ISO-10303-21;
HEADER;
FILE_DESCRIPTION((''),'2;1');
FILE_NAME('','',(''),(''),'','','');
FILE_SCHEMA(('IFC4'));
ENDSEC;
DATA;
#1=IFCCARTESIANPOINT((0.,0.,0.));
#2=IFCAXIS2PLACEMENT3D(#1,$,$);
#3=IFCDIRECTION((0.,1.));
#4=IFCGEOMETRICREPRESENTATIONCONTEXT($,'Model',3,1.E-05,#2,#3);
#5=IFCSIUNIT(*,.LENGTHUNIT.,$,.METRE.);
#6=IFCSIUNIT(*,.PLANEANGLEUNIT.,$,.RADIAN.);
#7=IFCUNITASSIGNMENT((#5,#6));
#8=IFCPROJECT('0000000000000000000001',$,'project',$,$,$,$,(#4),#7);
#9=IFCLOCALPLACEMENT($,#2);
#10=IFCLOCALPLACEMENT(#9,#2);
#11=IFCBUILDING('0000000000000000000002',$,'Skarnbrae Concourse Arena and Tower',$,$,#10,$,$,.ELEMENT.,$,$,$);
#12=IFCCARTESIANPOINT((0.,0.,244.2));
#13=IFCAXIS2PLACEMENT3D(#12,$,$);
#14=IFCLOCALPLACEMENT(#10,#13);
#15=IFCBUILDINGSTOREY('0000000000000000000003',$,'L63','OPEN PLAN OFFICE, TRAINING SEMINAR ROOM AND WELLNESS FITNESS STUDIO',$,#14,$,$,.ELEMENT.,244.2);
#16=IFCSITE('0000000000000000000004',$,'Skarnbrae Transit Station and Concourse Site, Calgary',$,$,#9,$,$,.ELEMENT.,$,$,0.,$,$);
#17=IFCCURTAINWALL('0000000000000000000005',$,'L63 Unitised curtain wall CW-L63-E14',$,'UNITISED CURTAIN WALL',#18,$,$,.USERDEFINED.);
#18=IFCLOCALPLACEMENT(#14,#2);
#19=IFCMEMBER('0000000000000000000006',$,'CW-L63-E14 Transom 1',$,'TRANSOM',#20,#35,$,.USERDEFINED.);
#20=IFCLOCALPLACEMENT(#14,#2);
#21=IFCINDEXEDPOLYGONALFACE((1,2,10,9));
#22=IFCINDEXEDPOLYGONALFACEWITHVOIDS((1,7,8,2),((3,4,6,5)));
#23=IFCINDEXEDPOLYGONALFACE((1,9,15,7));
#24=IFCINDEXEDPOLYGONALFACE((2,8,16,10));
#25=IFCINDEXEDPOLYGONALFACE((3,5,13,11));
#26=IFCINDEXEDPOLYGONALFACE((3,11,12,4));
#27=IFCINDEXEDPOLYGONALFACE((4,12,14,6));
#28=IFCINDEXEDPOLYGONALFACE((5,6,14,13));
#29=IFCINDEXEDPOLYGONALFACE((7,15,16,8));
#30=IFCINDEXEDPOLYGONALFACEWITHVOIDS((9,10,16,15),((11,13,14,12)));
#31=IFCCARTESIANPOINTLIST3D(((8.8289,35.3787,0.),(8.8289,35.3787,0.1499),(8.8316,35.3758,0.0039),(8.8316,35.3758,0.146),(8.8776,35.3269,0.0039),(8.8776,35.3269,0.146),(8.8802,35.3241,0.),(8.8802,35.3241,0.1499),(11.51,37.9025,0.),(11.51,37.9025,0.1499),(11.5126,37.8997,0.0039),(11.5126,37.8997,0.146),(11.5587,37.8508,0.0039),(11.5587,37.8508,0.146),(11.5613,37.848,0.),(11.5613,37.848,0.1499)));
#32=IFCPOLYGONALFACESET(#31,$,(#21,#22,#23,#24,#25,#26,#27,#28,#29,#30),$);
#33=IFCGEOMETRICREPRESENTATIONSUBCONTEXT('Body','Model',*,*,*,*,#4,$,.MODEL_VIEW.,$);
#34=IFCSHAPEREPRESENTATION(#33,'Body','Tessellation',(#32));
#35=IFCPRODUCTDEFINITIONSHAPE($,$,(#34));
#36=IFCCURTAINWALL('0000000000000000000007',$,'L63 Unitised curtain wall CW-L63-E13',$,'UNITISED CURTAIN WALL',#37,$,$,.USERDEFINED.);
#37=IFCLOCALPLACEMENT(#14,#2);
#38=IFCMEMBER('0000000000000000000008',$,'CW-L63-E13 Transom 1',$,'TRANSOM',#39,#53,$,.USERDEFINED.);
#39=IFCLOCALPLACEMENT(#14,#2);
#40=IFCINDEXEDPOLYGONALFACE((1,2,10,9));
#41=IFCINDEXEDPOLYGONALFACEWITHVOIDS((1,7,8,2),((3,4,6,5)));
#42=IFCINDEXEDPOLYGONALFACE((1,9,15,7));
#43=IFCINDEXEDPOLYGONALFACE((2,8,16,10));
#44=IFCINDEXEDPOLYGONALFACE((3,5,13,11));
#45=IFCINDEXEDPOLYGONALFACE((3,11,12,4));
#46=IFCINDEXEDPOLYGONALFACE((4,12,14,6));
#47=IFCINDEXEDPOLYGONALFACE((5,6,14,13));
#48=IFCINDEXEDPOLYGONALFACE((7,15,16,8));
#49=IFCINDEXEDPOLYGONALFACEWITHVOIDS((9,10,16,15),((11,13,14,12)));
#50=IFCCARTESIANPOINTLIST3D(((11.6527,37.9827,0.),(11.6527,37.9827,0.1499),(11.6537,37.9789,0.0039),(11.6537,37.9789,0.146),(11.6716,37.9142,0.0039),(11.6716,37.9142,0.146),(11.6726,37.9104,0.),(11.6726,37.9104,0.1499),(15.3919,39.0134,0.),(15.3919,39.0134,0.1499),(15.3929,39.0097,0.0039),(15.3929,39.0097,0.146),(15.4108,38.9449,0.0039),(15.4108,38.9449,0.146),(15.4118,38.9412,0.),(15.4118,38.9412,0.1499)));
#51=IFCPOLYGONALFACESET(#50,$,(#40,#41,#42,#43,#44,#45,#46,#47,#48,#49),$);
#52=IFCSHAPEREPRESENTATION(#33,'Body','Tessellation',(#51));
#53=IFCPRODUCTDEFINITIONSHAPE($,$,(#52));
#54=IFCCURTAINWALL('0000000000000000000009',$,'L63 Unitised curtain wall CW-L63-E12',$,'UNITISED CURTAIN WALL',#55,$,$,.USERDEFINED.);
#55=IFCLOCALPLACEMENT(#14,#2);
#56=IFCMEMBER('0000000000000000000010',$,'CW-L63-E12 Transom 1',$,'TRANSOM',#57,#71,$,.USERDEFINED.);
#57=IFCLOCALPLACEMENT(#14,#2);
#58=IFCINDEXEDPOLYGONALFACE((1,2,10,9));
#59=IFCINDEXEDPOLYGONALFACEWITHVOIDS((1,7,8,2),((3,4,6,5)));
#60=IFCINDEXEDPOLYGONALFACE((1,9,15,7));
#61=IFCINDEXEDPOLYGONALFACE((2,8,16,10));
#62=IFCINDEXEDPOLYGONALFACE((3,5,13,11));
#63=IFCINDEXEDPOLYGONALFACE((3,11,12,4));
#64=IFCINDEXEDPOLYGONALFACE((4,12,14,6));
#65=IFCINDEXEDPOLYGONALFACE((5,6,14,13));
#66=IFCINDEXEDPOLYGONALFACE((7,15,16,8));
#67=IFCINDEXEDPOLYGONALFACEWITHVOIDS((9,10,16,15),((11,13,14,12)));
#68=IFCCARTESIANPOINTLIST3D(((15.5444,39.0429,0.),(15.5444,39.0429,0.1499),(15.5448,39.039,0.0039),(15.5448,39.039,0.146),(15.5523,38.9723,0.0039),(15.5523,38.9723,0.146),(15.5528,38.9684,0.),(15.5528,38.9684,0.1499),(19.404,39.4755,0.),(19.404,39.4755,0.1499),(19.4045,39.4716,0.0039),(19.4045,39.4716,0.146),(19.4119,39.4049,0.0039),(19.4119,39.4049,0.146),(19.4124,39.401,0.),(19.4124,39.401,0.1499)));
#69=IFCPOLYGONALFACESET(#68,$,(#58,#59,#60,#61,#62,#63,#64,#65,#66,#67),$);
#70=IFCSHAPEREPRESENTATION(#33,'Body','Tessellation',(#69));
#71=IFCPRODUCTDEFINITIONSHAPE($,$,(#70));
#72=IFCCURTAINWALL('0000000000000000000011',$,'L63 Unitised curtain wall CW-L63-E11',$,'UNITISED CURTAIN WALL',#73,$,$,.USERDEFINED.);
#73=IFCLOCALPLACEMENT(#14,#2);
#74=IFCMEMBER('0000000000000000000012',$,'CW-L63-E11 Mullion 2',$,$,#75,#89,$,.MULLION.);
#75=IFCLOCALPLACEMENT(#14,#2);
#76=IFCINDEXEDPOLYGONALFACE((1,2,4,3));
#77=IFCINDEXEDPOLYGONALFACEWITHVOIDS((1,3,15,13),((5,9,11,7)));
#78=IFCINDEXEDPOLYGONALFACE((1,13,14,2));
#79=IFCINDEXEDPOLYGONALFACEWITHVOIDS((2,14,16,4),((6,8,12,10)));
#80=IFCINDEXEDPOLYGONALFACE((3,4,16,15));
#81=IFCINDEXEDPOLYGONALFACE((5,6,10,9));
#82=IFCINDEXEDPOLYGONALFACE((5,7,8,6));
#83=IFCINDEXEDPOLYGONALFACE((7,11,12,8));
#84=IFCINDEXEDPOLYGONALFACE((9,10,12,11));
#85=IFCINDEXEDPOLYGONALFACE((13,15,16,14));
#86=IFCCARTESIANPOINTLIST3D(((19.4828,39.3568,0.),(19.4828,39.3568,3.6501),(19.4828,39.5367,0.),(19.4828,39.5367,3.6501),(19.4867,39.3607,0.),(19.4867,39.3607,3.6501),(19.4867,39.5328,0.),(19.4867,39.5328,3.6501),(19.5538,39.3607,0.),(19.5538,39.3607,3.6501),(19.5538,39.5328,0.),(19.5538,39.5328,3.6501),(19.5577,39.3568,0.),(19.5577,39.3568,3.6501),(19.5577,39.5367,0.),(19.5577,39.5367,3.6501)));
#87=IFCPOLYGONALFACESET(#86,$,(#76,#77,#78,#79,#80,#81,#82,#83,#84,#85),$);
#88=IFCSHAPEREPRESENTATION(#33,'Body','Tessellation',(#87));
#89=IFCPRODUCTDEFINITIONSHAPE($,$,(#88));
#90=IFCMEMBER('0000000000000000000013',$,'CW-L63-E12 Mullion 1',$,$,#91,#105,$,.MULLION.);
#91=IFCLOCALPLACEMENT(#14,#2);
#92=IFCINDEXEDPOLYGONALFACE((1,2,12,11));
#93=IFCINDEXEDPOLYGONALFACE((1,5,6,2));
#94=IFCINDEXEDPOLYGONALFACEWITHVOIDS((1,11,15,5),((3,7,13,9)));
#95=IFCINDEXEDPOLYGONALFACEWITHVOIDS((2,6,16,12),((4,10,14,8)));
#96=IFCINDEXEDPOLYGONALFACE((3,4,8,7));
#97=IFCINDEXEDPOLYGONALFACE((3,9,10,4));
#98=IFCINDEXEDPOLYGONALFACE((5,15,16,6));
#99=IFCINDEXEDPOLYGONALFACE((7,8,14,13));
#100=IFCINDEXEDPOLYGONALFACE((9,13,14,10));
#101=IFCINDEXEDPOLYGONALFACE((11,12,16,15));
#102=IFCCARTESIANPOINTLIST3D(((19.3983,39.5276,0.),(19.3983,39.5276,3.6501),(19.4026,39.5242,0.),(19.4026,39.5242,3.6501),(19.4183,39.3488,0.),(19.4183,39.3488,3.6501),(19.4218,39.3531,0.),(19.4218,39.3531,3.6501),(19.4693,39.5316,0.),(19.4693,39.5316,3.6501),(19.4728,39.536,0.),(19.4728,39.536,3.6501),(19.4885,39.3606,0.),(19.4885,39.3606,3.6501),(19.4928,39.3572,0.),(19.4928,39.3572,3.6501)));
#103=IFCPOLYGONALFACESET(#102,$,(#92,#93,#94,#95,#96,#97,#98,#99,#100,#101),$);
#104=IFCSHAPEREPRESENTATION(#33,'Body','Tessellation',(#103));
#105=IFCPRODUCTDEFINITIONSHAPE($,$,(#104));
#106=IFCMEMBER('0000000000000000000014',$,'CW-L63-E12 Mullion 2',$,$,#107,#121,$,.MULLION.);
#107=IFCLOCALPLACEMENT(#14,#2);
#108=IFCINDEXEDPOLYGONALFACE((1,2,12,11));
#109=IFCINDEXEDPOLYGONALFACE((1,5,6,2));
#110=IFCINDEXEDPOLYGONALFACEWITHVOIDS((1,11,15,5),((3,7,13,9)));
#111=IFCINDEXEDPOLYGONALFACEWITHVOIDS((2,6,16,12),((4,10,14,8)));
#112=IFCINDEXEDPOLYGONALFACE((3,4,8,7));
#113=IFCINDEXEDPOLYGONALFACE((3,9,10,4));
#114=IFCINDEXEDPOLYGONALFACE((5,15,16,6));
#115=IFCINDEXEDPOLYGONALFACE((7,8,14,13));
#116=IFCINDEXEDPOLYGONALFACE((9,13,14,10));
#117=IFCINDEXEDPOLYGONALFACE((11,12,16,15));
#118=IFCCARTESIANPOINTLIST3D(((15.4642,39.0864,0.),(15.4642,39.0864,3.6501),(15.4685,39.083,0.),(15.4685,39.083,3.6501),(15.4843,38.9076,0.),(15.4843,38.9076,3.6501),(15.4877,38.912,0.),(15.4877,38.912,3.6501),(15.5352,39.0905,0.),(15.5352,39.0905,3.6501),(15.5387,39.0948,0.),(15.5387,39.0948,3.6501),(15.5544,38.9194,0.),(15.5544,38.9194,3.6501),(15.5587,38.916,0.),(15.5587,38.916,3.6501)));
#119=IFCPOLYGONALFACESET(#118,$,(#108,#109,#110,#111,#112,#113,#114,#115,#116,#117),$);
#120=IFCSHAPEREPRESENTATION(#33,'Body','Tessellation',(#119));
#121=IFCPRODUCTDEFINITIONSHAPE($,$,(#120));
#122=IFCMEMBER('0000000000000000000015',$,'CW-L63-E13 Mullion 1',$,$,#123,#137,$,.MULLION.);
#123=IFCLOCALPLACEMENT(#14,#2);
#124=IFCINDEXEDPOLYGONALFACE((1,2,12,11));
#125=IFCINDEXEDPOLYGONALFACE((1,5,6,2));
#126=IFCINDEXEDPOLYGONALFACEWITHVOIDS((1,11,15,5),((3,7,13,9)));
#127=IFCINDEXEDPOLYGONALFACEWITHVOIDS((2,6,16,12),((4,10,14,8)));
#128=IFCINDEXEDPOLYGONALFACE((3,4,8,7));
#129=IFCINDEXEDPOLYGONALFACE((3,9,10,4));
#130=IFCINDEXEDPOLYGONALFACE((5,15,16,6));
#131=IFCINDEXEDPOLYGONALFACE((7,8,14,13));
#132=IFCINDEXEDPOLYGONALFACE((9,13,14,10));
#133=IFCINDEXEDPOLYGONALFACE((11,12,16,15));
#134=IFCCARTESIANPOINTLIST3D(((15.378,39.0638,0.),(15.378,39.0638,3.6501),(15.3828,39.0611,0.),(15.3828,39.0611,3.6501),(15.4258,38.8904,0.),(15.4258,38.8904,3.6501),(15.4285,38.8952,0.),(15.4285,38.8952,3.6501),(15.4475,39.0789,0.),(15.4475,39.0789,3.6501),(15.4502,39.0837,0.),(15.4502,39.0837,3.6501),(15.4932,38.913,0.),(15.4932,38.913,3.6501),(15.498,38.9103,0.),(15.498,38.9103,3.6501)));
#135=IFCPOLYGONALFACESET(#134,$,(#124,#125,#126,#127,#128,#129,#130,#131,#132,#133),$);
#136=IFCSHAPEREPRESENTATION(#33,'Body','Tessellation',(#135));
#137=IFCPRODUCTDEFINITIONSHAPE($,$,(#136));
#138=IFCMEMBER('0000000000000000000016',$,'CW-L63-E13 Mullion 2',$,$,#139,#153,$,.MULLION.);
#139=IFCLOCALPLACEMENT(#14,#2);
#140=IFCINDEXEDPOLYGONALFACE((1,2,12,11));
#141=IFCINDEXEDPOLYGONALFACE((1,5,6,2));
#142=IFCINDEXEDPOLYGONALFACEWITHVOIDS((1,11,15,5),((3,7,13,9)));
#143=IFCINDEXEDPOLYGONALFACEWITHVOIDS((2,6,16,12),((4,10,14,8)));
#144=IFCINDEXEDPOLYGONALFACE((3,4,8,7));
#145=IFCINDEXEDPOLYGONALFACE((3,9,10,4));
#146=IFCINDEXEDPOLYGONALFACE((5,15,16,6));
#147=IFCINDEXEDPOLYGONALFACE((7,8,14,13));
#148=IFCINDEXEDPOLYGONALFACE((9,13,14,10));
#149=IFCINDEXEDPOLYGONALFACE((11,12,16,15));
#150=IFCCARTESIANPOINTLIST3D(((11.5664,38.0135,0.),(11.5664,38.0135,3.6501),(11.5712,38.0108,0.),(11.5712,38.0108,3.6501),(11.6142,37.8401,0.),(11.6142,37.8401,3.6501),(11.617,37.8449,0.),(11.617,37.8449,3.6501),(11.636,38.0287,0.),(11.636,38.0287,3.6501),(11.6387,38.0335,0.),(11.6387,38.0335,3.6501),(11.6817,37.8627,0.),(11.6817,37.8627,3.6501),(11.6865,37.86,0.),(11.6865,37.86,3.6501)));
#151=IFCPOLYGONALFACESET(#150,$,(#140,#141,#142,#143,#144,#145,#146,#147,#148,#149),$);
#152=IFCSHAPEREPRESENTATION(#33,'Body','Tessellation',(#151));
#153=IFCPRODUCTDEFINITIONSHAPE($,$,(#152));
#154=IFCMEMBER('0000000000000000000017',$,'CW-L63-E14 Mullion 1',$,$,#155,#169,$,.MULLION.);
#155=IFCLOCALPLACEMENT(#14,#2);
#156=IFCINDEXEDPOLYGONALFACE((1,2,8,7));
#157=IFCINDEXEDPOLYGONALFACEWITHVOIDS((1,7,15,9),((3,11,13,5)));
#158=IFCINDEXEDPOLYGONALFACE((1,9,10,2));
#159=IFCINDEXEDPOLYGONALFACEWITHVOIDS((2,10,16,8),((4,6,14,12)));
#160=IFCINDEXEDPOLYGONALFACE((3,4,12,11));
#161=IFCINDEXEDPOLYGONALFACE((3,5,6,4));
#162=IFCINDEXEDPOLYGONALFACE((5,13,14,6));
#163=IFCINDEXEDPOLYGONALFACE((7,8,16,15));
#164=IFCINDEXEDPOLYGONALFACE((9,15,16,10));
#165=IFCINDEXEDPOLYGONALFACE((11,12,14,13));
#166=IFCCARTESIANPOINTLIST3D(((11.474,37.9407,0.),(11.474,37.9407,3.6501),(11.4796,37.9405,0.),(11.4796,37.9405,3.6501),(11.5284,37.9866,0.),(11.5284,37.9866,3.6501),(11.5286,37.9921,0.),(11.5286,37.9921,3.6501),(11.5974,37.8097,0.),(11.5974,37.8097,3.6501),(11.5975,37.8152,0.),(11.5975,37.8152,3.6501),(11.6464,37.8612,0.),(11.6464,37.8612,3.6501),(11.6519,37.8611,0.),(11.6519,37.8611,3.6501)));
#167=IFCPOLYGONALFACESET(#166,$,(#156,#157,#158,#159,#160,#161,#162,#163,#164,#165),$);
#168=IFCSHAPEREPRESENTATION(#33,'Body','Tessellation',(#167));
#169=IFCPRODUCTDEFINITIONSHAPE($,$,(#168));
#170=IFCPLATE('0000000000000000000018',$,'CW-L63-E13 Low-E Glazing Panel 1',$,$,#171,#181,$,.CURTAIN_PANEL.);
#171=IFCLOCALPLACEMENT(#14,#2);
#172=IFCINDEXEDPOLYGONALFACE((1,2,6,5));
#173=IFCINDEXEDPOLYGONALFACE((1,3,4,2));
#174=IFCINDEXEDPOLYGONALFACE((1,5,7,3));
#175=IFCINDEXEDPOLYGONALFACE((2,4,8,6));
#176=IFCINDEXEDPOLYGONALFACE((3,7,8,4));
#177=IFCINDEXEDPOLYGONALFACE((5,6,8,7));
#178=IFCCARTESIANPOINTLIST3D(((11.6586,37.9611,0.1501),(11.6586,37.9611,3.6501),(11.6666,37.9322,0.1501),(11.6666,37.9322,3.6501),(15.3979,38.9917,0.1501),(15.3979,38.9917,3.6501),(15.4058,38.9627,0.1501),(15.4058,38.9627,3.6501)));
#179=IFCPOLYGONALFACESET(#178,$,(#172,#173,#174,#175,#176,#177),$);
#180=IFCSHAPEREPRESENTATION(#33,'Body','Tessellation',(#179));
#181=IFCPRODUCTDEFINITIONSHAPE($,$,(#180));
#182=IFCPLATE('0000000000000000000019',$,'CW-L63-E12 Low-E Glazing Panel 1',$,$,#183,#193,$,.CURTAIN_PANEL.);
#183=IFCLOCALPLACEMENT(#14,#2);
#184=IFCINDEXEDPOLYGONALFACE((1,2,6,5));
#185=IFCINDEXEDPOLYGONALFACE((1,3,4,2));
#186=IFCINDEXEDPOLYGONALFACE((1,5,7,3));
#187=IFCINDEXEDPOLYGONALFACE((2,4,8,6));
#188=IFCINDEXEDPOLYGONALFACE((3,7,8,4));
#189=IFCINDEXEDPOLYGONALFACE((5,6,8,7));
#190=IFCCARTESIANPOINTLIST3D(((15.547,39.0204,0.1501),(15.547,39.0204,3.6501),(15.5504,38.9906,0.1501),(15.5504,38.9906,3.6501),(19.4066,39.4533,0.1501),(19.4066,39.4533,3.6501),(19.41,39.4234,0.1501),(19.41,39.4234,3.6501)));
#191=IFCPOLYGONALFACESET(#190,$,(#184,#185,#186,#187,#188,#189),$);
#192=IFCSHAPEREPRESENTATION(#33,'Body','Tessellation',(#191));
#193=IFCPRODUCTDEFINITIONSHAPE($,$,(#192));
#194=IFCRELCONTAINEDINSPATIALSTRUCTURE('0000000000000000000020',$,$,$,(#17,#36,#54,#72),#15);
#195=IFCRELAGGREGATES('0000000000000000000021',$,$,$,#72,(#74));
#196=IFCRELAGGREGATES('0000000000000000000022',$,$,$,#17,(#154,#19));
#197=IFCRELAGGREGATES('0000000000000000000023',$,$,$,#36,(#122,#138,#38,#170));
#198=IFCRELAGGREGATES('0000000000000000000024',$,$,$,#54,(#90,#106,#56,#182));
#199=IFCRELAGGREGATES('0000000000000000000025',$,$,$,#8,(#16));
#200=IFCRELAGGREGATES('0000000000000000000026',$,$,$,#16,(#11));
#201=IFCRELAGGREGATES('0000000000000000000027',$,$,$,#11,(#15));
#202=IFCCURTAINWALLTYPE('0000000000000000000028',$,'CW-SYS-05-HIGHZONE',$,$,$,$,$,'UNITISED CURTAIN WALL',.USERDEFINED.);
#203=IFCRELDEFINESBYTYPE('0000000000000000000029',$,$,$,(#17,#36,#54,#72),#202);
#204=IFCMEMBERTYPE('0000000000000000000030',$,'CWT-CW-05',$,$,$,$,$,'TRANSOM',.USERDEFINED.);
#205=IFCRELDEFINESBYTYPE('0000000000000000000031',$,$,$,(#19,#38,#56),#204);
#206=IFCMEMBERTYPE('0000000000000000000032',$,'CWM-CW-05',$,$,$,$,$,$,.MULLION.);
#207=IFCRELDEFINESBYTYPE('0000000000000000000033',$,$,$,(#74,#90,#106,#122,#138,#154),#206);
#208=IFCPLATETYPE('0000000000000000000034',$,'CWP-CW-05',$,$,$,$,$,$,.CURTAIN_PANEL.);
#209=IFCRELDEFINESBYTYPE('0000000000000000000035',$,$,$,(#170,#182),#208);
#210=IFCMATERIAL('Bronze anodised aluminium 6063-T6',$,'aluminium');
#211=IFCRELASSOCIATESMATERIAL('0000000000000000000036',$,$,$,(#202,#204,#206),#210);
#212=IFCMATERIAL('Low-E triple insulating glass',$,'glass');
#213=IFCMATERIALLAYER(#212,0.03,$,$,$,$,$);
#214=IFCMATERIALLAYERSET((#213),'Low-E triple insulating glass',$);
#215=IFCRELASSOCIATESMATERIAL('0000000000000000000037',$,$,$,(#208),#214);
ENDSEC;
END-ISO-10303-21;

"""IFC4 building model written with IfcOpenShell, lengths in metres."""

from ifc_helpers import new_model, si_unit, direction, frame, origin, origin_2d, place, context, subcontext, project, spatial, rectangle, hollow_rectangle, extrude, source, transform, mapped, material, layer, layer_set, material_profile, profile_set, type_object, element, aggregate, save


model = new_model("IFC4")

# Units and contexts
model_context = context("Model", 3, precision=1e-05, world=origin(), true_north=direction((0.0, 1.0)))
body_context = subcontext(model_context, "Body", "Model", "MODEL_VIEW")
ifc_project = project(units=[si_unit("LENGTHUNIT", "METRE"), si_unit("PLANEANGLEUNIT", "RADIAN")], contexts=[model_context])

# Site, building, storey
site_placement = place(None, origin())
site = spatial("IfcSite", under=ifc_project, at=site_placement, Name="Skarnbrae Transit Station and Concourse Site, Calgary", CompositionType="ELEMENT", RefElevation=0.0)
building_placement = place(site_placement, origin())
building = spatial("IfcBuilding", under=site, at=building_placement, Name="Skarnbrae Concourse Arena and Tower", CompositionType="ELEMENT")
storey_placement = place(building_placement, frame((0.0, 0.0, 244.2)))
storey = spatial("IfcBuildingStorey", under=building, at=storey_placement, Name="L63", Description="OPEN PLAN OFFICE, TRAINING SEMINAR ROOM AND WELLNESS FITNESS STUDIO", CompositionType="ELEMENT", Elevation=244.2)

# Curtain walls, members
ifc_material_1 = material(Name="Bronze anodised aluminium 6063-T6", Category="aluminium")
curtain_wall_type = type_object("IfcCurtainWallType", Name="CW-SYS-05-HIGHZONE", ElementType="UNITISED CURTAIN WALL", PredefinedType="USERDEFINED", material=ifc_material_1)
curtain_wall_1_placement = place(storey_placement, origin())
curtain_wall_1 = element("IfcCurtainWall", 1, at=curtain_wall_1_placement, inside=storey, type_object=curtain_wall_type, Name="L63 Unitised curtain wall CW-L63-E14", ObjectType="UNITISED CURTAIN WALL", PredefinedType="USERDEFINED")
ifc_material_profile_1 = material_profile(ifc_material_1, hollow_rectangle(XDim=0.075, YDim=0.1499, WallThickness=0.0039, at=origin_2d()), Name="ALU-TRAN-75X150")
ifc_profile_set_1 = profile_set([ifc_material_profile_1], Name="Bronze anodised aluminium 6063-T6")
member_type_1 = type_object("IfcMemberType", Name="CWT-CW-05", ElementType="TRANSOM", PredefinedType="USERDEFINED", material=ifc_profile_set_1)
shared_shape_1 = source(origin(), body_context, "Body", "SweptSolid", [
    extrude(hollow_rectangle(XDim=0.075, YDim=0.1499, WallThickness=0.0039, at=origin_2d()), origin(), (0.0, 0.0, 1.0), 3.6821),
])
member_1_placement = place(storey_placement, frame((11.5356, 37.8752, 0.075), z_axis=(-0.728134, -0.685435, 0.0), x_axis=(0.685435, -0.728134, 0.0)))
member_1 = element("IfcMember", 2, at=member_1_placement, type_object=member_type_1, Name="CW-L63-E14 Transom 1", ObjectType="TRANSOM", PredefinedType="USERDEFINED", context=body_context, shape_type="MappedRepresentation", body=[
    mapped(shared_shape_1, transform((0.0, 0.0, 0.0))),
])
curtain_wall_2_placement = place(storey_placement, origin())
curtain_wall_2 = element("IfcCurtainWall", 3, at=curtain_wall_2_placement, inside=storey, type_object=curtain_wall_type, Name="L63 Unitised curtain wall CW-L63-E13", ObjectType="UNITISED CURTAIN WALL", PredefinedType="USERDEFINED")
shared_shape_2 = source(origin(), body_context, "Body", "SweptSolid", [
    extrude(hollow_rectangle(XDim=0.075, YDim=0.1499, WallThickness=0.0039, at=origin_2d()), origin(), (0.0, 0.0, 1.0), 3.8787),
])
member_2_placement = place(storey_placement, frame((15.4019, 38.9773, 0.075), z_axis=(-0.964043, -0.265747, 0.0), x_axis=(0.265747, -0.964043, 0.0)))
member_2 = element("IfcMember", 4, at=member_2_placement, type_object=member_type_1, Name="CW-L63-E13 Transom 1", ObjectType="TRANSOM", PredefinedType="USERDEFINED", context=body_context, shape_type="MappedRepresentation", body=[
    mapped(shared_shape_2, transform((0.0, 0.0, 0.0))),
])
curtain_wall_3_placement = place(storey_placement, origin())
curtain_wall_3 = element("IfcCurtainWall", 5, at=curtain_wall_3_placement, inside=storey, type_object=curtain_wall_type, Name="L63 Unitised curtain wall CW-L63-E12", ObjectType="UNITISED CURTAIN WALL", PredefinedType="USERDEFINED")
shared_shape_3 = source(origin(), body_context, "Body", "SweptSolid", [
    extrude(hollow_rectangle(XDim=0.075, YDim=0.1499, WallThickness=0.0039, at=origin_2d()), origin(), (0.0, 0.0, 1.0), 3.8838),
])
member_3_placement = place(storey_placement, frame((19.4082, 39.4382, 0.075), z_axis=(-0.993777, -0.11139, 0.0), x_axis=(0.11139, -0.993777, 0.0)))
member_3 = element("IfcMember", 6, at=member_3_placement, type_object=member_type_1, Name="CW-L63-E12 Transom 1", ObjectType="TRANSOM", PredefinedType="USERDEFINED", context=body_context, shape_type="MappedRepresentation", body=[
    mapped(shared_shape_3, transform((0.0, 0.0, 0.0))),
])
curtain_wall_4_placement = place(storey_placement, origin())
curtain_wall_4 = element("IfcCurtainWall", 7, at=curtain_wall_4_placement, inside=storey, type_object=curtain_wall_type, Name="L63 Unitised curtain wall CW-L63-E11", ObjectType="UNITISED CURTAIN WALL", PredefinedType="USERDEFINED")
ifc_material_profile_2 = material_profile(ifc_material_1, hollow_rectangle(XDim=0.075, YDim=0.1799, WallThickness=0.0039, at=origin_2d()), Name="ALU-MULL-75X180")
ifc_profile_set_2 = profile_set([ifc_material_profile_2], Name="Bronze anodised aluminium 6063-T6")
member_type_2 = type_object("IfcMemberType", Name="CWM-CW-05", PredefinedType="MULLION", material=ifc_profile_set_2)
shared_shape_4 = source(origin(), body_context, "Body", "SweptSolid", [
    extrude(hollow_rectangle(XDim=0.075, YDim=0.1799, WallThickness=0.0039, at=origin_2d()), origin(), (0.0, 0.0, 1.0), 3.6501),
])
member_4_placement = place(storey_placement, frame((19.5203, 39.4468, 0.0), z_axis=(0.0, 0.0, 1.0), x_axis=(-1.0, 0.0, 0.0)))
member_4 = element("IfcMember", 8, at=member_4_placement, type_object=member_type_2, Name="CW-L63-E11 Mullion 2", PredefinedType="MULLION", context=body_context, shape_type="MappedRepresentation", body=[
    mapped(shared_shape_4, transform((0.0, 0.0, 0.0))),
])
aggregate(curtain_wall_4, [member_4])

# Members
member_5_placement = place(storey_placement, frame((19.4456, 39.4424, 0.0), z_axis=(0.0, 0.0, 1.0), x_axis=(-0.993769, -0.11146, 0.0)))
member_5 = element("IfcMember", 9, at=member_5_placement, type_object=member_type_2, Name="CW-L63-E12 Mullion 1", PredefinedType="MULLION", context=body_context, shape_type="MappedRepresentation", body=[
    mapped(shared_shape_4, transform((0.0, 0.0, 0.0))),
])
member_6_placement = place(storey_placement, frame((15.5115, 39.0012, 0.0), z_axis=(0.0, 0.0, 1.0), x_axis=(-0.993769, -0.11146, 0.0)))
member_6 = element("IfcMember", 10, at=member_6_placement, type_object=member_type_2, Name="CW-L63-E12 Mullion 2", PredefinedType="MULLION", context=body_context, shape_type="MappedRepresentation", body=[
    mapped(shared_shape_4, transform((0.0, 0.0, 0.0))),
])
member_7_placement = place(storey_placement, frame((15.438, 38.9871, 0.0), z_axis=(0.0, 0.0, 1.0), x_axis=(-0.964057, -0.265694, 0.0)))
member_7 = element("IfcMember", 11, at=member_7_placement, type_object=member_type_2, Name="CW-L63-E13 Mullion 1", PredefinedType="MULLION", context=body_context, shape_type="MappedRepresentation", body=[
    mapped(shared_shape_4, transform((0.0, 0.0, 0.0))),
])
member_8_placement = place(storey_placement, frame((11.6265, 37.9368, 0.0), z_axis=(0.0, 0.0, 1.0), x_axis=(-0.964057, -0.265694, 0.0)))
member_8 = element("IfcMember", 12, at=member_8_placement, type_object=member_type_2, Name="CW-L63-E13 Mullion 2", PredefinedType="MULLION", context=body_context, shape_type="MappedRepresentation", body=[
    mapped(shared_shape_4, transform((0.0, 0.0, 0.0))),
])
member_9_placement = place(storey_placement, frame((11.563, 37.9009, 0.0), z_axis=(0.0, 0.0, 1.0), x_axis=(-0.728131, -0.685438, 0.0)))
member_9 = element("IfcMember", 13, at=member_9_placement, type_object=member_type_2, Name="CW-L63-E14 Mullion 1", PredefinedType="MULLION", context=body_context, shape_type="MappedRepresentation", body=[
    mapped(shared_shape_4, transform((0.0, 0.0, 0.0))),
])
aggregate(curtain_wall_1, [member_9, member_1])

# Plates
ifc_material_2 = material(Name="Low-E triple insulating glass", Category="glass")
ifc_layer_1 = layer(ifc_material_2, 0.03)
ifc_layer_set_1 = layer_set([ifc_layer_1], Name="Low-E triple insulating glass")
plate_type = type_object("IfcPlateType", Name="CWP-CW-05", PredefinedType="CURTAIN_PANEL", material=ifc_layer_set_1)
shared_shape_5 = source(origin(), body_context, "Body", "SweptSolid", [
    extrude(rectangle(XDim=3.8787, YDim=0.03, at=origin_2d()), origin(), (0.0, 0.0, 1.0), 3.5),
])
plate_1_placement = place(storey_placement, frame((13.5322, 38.4619, 0.1501), z_axis=(0.0, 0.0, 1.0), x_axis=(-0.964057, -0.265694, 0.0)))
plate_1 = element("IfcPlate", 14, at=plate_1_placement, type_object=plate_type, Name="CW-L63-E13 Low-E Glazing Panel 1", PredefinedType="CURTAIN_PANEL", context=body_context, shape_type="MappedRepresentation", body=[
    mapped(shared_shape_5, transform((0.0, 0.0, 0.0))),
])
aggregate(curtain_wall_2, [member_7, member_8, member_2, plate_1])
shared_shape_6 = source(origin(), body_context, "Body", "SweptSolid", [
    extrude(rectangle(XDim=3.8838, YDim=0.03, at=origin_2d()), origin(), (0.0, 0.0, 1.0), 3.5),
])
plate_2_placement = place(storey_placement, frame((17.4785, 39.2219, 0.1501), z_axis=(0.0, 0.0, 1.0), x_axis=(-0.993769, -0.11146, 0.0)))
plate_2 = element("IfcPlate", 15, at=plate_2_placement, type_object=plate_type, Name="CW-L63-E12 Low-E Glazing Panel 1", PredefinedType="CURTAIN_PANEL", context=body_context, shape_type="MappedRepresentation", body=[
    mapped(shared_shape_6, transform((0.0, 0.0, 0.0))),
])
aggregate(curtain_wall_3, [member_5, member_6, member_3, plate_2])

save(model, "model.ifc")
